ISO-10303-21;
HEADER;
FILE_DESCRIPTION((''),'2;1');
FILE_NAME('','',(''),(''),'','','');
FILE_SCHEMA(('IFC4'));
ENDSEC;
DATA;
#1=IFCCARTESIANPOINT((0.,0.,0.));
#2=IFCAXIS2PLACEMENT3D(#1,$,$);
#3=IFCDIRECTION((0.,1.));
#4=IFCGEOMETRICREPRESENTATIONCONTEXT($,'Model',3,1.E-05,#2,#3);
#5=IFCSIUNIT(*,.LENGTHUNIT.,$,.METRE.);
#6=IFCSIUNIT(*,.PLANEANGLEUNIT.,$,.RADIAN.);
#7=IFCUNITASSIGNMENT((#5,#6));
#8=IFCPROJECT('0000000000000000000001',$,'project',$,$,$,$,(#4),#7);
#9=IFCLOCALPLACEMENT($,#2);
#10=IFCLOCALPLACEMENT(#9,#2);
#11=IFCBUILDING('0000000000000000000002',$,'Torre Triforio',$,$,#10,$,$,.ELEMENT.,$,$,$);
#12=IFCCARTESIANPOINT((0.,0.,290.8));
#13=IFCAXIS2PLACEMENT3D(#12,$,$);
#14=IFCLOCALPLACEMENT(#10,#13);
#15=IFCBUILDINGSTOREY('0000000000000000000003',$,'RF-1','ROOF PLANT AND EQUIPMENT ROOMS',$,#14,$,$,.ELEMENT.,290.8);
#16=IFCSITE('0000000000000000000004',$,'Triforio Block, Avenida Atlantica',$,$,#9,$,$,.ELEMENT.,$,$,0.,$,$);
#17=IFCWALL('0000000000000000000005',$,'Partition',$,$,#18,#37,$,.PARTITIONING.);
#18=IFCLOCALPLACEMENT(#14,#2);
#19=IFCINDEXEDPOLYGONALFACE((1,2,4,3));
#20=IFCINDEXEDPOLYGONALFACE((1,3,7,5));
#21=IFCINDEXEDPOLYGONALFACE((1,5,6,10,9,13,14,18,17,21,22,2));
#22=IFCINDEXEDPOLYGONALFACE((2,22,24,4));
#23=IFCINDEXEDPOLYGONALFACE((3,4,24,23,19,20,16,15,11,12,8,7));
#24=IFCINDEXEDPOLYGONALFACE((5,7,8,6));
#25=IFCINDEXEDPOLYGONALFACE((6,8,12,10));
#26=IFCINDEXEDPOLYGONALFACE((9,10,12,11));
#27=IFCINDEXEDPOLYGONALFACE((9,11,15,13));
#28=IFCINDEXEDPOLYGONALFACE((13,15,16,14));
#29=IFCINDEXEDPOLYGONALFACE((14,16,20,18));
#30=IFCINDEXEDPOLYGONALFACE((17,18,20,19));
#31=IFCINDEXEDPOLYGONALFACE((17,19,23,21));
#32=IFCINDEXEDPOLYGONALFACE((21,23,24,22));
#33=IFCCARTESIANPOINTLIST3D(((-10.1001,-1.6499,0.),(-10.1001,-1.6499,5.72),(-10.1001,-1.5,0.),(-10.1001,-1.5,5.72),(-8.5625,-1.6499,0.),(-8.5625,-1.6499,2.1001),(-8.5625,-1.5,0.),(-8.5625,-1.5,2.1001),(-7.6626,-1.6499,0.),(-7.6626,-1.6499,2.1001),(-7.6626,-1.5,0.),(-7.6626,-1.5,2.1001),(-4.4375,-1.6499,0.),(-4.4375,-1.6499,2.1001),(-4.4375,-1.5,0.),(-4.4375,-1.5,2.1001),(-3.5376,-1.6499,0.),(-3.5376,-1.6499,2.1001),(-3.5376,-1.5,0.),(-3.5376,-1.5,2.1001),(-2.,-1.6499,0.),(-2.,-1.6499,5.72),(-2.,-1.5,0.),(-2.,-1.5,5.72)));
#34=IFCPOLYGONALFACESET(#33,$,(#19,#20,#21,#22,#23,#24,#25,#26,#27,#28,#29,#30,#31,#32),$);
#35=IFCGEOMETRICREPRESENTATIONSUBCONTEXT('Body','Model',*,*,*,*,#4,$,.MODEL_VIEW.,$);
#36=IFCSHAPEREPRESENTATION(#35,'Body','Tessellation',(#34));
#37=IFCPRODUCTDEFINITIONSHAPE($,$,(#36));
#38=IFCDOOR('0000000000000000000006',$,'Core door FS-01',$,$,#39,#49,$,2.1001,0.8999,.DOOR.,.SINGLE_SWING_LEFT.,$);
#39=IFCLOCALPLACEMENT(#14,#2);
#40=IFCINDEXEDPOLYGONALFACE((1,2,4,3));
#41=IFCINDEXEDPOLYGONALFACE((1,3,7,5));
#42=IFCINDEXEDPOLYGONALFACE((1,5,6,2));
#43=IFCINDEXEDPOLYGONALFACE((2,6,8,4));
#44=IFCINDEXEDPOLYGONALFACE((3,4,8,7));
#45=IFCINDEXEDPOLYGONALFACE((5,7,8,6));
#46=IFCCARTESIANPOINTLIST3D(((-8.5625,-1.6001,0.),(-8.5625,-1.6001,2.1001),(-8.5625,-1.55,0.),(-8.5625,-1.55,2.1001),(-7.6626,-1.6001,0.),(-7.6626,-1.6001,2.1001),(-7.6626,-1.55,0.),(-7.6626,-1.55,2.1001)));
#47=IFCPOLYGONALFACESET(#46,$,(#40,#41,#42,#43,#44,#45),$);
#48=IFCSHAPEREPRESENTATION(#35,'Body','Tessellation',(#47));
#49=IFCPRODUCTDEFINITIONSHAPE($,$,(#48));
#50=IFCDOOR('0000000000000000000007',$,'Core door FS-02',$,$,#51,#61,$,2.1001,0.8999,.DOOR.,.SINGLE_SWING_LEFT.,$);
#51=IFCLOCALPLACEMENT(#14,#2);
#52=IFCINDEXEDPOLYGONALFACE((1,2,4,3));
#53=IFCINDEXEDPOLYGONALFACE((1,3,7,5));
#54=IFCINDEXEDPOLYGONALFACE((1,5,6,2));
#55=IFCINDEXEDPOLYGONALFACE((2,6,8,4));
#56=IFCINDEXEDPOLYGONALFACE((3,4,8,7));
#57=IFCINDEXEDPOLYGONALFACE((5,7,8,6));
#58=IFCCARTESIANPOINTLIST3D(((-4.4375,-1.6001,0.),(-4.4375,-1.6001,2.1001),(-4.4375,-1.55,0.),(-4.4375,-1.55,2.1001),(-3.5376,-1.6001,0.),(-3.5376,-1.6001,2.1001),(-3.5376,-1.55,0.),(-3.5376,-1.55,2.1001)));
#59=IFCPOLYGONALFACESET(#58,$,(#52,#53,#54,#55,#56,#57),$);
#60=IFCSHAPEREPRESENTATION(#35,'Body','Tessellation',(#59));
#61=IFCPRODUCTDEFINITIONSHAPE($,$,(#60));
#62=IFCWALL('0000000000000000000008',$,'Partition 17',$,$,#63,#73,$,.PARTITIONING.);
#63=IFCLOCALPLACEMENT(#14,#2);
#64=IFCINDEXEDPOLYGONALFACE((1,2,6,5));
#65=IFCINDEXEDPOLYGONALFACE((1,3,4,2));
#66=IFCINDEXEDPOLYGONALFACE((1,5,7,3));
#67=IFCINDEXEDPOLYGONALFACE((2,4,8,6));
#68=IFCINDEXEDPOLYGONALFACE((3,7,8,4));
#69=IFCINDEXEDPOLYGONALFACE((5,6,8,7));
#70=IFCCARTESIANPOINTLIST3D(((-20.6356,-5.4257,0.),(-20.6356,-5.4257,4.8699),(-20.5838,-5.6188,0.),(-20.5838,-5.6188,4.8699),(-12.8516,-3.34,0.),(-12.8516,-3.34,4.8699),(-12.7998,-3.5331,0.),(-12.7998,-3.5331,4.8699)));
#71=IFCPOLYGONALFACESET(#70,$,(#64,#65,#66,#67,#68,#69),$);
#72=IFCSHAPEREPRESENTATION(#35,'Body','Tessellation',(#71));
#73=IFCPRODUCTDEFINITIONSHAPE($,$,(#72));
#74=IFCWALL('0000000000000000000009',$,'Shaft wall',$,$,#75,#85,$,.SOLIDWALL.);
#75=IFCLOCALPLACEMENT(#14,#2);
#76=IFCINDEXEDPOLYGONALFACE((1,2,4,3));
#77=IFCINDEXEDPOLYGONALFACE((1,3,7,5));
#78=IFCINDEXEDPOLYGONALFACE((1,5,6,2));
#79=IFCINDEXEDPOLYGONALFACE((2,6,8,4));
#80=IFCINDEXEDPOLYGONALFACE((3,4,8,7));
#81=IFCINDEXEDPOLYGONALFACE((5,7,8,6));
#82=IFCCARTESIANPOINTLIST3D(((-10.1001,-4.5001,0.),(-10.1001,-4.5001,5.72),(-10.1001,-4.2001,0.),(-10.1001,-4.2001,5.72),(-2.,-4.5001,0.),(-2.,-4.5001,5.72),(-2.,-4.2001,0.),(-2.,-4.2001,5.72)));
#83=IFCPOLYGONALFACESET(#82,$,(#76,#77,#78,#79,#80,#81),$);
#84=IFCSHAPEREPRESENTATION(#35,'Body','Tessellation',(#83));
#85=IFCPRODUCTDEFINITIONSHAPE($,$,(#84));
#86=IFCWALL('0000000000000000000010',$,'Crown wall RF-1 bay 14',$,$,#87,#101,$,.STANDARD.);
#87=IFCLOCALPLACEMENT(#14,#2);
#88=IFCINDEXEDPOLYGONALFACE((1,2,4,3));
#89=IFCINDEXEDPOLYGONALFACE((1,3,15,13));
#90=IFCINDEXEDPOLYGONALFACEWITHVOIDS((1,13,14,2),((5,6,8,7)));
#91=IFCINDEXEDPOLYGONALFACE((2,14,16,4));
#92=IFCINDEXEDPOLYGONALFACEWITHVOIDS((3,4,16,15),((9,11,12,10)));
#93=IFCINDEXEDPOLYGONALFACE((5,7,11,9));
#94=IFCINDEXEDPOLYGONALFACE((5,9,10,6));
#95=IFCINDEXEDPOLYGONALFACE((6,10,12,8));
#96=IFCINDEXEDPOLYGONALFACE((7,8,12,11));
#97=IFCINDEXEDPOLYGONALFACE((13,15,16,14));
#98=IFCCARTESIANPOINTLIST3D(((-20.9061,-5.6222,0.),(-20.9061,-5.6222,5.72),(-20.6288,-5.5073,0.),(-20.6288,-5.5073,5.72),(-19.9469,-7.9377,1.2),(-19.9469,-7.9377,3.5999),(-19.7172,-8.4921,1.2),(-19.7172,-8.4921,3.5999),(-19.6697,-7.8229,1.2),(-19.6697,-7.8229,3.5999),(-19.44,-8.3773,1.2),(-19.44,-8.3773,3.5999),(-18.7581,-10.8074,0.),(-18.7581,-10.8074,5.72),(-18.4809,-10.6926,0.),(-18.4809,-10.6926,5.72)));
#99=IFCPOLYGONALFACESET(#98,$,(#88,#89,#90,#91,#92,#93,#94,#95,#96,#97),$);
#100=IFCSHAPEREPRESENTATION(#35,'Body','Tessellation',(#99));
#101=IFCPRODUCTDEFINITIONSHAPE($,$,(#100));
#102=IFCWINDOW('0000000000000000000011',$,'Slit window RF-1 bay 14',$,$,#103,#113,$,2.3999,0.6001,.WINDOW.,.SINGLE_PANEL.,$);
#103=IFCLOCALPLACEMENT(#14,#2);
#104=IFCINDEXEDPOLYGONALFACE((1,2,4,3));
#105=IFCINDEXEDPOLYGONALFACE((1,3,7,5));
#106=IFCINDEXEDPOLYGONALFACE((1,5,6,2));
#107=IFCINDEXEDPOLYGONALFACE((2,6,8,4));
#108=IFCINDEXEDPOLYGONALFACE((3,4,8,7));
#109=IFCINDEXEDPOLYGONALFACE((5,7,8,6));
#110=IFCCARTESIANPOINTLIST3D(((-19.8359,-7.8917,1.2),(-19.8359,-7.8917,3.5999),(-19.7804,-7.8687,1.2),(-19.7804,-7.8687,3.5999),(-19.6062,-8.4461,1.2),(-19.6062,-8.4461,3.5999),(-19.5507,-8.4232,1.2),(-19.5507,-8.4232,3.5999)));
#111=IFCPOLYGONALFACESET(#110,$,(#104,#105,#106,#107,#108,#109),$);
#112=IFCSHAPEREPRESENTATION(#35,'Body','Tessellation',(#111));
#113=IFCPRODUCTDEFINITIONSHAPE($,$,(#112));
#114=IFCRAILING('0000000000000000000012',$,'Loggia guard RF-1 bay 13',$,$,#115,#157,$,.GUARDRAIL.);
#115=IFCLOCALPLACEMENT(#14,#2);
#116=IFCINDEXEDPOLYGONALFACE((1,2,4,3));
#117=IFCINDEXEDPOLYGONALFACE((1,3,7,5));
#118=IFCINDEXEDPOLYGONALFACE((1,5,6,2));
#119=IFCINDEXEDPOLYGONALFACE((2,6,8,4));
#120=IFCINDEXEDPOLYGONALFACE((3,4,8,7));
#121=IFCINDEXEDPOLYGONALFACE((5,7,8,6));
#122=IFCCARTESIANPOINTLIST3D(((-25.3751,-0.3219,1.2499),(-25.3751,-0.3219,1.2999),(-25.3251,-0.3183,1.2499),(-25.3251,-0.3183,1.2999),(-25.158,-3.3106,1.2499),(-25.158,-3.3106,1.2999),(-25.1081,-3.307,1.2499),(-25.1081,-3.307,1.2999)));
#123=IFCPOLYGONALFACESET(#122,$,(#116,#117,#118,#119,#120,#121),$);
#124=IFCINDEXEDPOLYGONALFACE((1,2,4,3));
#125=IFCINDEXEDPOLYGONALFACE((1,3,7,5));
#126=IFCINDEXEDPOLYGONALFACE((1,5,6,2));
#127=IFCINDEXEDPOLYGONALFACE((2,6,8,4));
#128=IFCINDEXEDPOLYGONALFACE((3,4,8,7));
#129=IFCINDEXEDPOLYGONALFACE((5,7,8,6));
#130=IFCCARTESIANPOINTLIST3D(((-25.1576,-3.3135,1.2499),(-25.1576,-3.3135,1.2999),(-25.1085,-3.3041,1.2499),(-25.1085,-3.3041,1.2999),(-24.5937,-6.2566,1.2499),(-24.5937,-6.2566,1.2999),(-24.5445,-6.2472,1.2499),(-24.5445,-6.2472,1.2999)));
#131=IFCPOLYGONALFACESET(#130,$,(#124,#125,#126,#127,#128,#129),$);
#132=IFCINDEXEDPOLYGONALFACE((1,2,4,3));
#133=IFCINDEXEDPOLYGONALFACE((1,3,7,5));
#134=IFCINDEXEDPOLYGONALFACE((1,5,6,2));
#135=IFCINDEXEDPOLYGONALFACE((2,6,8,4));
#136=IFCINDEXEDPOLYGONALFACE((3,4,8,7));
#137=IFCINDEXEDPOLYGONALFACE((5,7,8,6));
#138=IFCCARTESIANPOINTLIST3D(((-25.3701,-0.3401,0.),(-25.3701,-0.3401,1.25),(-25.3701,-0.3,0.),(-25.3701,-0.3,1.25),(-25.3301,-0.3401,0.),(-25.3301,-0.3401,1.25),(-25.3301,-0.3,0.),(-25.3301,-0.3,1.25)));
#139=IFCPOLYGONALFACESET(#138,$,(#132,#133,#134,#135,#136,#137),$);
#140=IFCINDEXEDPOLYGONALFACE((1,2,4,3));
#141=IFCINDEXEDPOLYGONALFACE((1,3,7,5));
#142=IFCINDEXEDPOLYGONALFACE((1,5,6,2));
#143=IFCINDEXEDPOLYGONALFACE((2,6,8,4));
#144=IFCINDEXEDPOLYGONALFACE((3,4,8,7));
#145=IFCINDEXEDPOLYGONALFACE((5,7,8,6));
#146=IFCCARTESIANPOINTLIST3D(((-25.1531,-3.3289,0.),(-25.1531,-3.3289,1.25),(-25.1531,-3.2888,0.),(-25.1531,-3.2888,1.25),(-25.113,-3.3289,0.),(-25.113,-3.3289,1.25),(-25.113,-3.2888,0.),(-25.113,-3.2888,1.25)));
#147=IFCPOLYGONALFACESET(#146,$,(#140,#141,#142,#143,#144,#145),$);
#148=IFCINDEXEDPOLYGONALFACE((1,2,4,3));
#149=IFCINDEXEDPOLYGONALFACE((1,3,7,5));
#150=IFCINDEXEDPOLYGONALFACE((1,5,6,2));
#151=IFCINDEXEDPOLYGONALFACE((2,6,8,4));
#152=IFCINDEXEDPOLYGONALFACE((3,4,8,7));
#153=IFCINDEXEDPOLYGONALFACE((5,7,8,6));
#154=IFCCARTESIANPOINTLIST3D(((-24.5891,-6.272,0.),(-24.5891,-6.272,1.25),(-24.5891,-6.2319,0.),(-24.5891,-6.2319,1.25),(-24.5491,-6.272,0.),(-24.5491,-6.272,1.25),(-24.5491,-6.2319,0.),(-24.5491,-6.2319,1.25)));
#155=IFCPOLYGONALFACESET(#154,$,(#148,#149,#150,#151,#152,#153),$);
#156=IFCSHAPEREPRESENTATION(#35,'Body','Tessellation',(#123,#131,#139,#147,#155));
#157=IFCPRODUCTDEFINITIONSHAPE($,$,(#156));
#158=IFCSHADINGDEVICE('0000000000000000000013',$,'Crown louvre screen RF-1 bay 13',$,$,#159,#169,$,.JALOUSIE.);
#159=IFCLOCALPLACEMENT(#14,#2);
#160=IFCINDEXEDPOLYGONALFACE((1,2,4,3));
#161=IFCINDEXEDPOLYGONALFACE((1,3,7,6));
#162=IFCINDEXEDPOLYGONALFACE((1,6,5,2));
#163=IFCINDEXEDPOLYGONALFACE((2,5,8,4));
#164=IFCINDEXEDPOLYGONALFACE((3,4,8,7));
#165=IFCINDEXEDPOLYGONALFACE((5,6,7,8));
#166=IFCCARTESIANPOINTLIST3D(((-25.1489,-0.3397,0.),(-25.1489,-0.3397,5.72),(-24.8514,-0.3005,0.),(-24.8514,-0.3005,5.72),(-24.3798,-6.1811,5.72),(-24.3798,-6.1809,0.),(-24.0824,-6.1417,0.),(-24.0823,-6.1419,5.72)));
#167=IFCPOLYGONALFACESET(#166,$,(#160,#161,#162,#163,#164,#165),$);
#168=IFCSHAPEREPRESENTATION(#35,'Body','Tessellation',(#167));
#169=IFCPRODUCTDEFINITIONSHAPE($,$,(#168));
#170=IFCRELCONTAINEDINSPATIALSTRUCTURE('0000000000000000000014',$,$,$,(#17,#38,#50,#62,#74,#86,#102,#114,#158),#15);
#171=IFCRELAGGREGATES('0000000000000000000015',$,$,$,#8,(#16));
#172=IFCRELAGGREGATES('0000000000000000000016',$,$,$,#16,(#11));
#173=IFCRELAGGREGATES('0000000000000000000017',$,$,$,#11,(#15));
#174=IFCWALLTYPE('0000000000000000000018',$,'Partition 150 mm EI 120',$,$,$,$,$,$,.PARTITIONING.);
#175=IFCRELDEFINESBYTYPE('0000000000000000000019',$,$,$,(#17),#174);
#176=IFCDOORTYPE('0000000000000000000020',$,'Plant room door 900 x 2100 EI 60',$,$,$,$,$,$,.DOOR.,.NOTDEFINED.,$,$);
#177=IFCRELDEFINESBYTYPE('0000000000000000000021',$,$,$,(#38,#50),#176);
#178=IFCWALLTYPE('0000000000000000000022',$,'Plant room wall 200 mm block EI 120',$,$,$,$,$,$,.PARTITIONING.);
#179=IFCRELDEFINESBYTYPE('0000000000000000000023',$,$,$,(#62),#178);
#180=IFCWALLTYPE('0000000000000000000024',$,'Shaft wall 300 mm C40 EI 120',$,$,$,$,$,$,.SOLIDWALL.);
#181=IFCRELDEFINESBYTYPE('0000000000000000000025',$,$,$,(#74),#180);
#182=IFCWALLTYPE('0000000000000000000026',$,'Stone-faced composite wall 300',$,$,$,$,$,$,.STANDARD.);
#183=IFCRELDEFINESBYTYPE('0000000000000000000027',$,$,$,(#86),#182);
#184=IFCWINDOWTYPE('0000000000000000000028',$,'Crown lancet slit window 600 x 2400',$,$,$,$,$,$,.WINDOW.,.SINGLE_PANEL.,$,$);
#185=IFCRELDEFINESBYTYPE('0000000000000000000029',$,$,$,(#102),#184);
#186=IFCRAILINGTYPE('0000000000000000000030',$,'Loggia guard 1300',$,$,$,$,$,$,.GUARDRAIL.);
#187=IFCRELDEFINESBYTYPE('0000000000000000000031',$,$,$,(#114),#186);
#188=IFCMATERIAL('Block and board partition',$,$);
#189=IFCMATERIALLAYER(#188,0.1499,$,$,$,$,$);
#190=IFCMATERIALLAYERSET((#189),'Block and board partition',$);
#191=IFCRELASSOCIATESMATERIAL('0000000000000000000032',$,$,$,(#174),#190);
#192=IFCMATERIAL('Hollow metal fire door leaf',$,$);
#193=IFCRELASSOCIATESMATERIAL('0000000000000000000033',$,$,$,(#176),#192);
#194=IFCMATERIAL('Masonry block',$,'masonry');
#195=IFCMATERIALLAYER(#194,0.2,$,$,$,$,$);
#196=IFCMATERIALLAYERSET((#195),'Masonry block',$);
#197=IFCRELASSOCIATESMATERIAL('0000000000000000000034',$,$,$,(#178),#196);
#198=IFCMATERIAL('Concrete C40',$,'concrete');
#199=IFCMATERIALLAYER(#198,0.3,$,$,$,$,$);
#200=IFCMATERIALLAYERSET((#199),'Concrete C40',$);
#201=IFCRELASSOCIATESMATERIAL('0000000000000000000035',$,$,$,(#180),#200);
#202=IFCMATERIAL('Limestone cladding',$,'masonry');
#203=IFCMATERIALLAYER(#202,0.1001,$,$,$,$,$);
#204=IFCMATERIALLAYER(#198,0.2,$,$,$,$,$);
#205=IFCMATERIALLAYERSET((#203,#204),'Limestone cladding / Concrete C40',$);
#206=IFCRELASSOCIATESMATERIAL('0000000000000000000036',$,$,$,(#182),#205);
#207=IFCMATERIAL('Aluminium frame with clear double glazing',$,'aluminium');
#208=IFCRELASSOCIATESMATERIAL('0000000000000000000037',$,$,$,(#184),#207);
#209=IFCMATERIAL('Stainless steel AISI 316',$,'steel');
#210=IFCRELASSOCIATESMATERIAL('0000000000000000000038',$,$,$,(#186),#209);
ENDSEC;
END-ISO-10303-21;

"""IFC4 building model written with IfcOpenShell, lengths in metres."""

from ifc_helpers import new_model, si_unit, direction, frame, frame_2d, origin, origin_2d, place, context, subcontext, project, spatial, polyline, rectangle, outline, extrude, material, layer, layer_set, type_object, element, fill, save


model = new_model("IFC4")

# Units and contexts
model_context = context("Model", 3, precision=1e-05, world=origin(), true_north=direction((0.0, 1.0)))
body_context = subcontext(model_context, "Body", "Model", "MODEL_VIEW")
ifc_project = project(units=[si_unit("LENGTHUNIT", "METRE"), si_unit("PLANEANGLEUNIT", "RADIAN")], contexts=[model_context])

# Site, building, storey
site_placement = place(None, origin())
site = spatial("IfcSite", under=ifc_project, at=site_placement, Name="Triforio Block, Avenida Atlantica", CompositionType="ELEMENT", RefElevation=0.0)
building_placement = place(site_placement, origin())
building = spatial("IfcBuilding", under=site, at=building_placement, Name="Torre Triforio", CompositionType="ELEMENT")
storey_placement = place(building_placement, frame((0.0, 0.0, 290.8)))
storey = spatial("IfcBuildingStorey", under=building, at=storey_placement, Name="RF-1", Description="ROOF PLANT AND EQUIPMENT ROOMS", CompositionType="ELEMENT", Elevation=290.8)

# Shared definitions
ifc_material_1 = material(Name="Concrete C40", Category="concrete")

# Shared definitions
ifc_material_2 = material(Name="Hollow metal fire door leaf")

# Wall, openings, doors
ifc_material_3 = material(Name="Block and board partition")
ifc_layer_1 = layer(ifc_material_3, 0.1499)
ifc_layer_set_1 = layer_set([ifc_layer_1], Name="Block and board partition")
wall_type_1 = type_object("IfcWallType", Name="Partition 150 mm EI 120", PredefinedType="PARTITIONING", material=ifc_layer_set_1)
wall_1_placement = place(storey_placement, frame((-10.1001, -1.575, 0.0), z_axis=(0.0, 0.0, 1.0), x_axis=(1.0, 0.0, 0.0)))
wall_1 = element("IfcWall", 1, at=wall_1_placement, inside=storey, type_object=wall_type_1, Name="Partition", PredefinedType="PARTITIONING", context=body_context, shape_type="SweptSolid", body=[
    extrude(rectangle(XDim=8.1001, YDim=0.1499, at=frame_2d((4.05, 0.0))), origin(), (0.0, 0.0, 1.0), 5.72),
])
opening_1_placement = place(wall_1_placement, frame((1.5376, 0.0, 0.0)))
opening_1 = element("IfcOpeningElement", 2, at=opening_1_placement, cuts=wall_1, PredefinedType="OPENING", context=body_context, shape_type="SweptSolid", body=[
    extrude(rectangle(XDim=0.8999, YDim=2.1001, at=frame_2d((0.45, 1.05))), frame((0.0, 0.085, 0.0), z_axis=(0.0, -1.0, 0.0), x_axis=(1.0, 0.0, 0.0)), (0.0, 0.0, 1.0), 0.1699),
])
opening_2_placement = place(wall_1_placement, frame((5.6626, 0.0, 0.0)))
opening_2 = element("IfcOpeningElement", 3, at=opening_2_placement, cuts=wall_1, PredefinedType="OPENING", context=body_context, shape_type="SweptSolid", body=[
    extrude(rectangle(XDim=0.8999, YDim=2.1001, at=frame_2d((0.45, 1.05))), frame((0.0, 0.085, 0.0), z_axis=(0.0, -1.0, 0.0), x_axis=(1.0, 0.0, 0.0)), (0.0, 0.0, 1.0), 0.1699),
])
door_type_1 = type_object("IfcDoorType", Name="Plant room door 900 x 2100 EI 60", OperationType="NOTDEFINED", PredefinedType="DOOR", material=ifc_material_2)
door_1_placement = place(opening_1_placement, origin())
door_1 = element("IfcDoor", 4, at=door_1_placement, inside=storey, type_object=door_type_1, Name="Core door FS-01", OperationType="SINGLE_SWING_LEFT", OverallHeight=2.1001, OverallWidth=0.8999, PredefinedType="DOOR", context=body_context, shape_type="SweptSolid", body=[
    extrude(rectangle(XDim=0.8999, YDim=2.1001, at=frame_2d((0.45, 1.05))), frame((0.0, 0.0249, 0.0), z_axis=(0.0, -1.0, 0.0), x_axis=(1.0, 0.0, 0.0)), (0.0, 0.0, 1.0), 0.05),
])
fill(opening_1, door_1)
door_2_placement = place(opening_2_placement, origin())
door_2 = element("IfcDoor", 5, at=door_2_placement, inside=storey, type_object=door_type_1, Name="Core door FS-02", OperationType="SINGLE_SWING_LEFT", OverallHeight=2.1001, OverallWidth=0.8999, PredefinedType="DOOR", context=body_context, shape_type="SweptSolid", body=[
    extrude(rectangle(XDim=0.8999, YDim=2.1001, at=frame_2d((0.45, 1.05))), frame((0.0, 0.0249, 0.0), z_axis=(0.0, -1.0, 0.0), x_axis=(1.0, 0.0, 0.0)), (0.0, 0.0, 1.0), 0.05),
])
fill(opening_2, door_2)

# Walls
ifc_material_4 = material(Name="Masonry block", Category="masonry")
ifc_layer_2 = layer(ifc_material_4, 0.2)
ifc_layer_set_2 = layer_set([ifc_layer_2], Name="Masonry block")
wall_type_2 = type_object("IfcWallType", Name="Plant room wall 200 mm block EI 120", PredefinedType="PARTITIONING", material=ifc_layer_set_2)
wall_2_placement = place(storey_placement, frame((-12.8257, -3.4365, 0.0), z_axis=(0.0, 0.0, 1.0), x_axis=(-0.965926, -0.258818, 0.0)))
element("IfcWall", 6, at=wall_2_placement, inside=storey, type_object=wall_type_2, Name="Partition 17", PredefinedType="PARTITIONING", context=body_context, shape_type="SweptSolid", body=[
    extrude(rectangle(XDim=8.0586, YDim=0.2, at=frame_2d((4.0293, 0.0))), origin(), (0.0, 0.0, 1.0), 4.8699),
])
ifc_layer_3 = layer(ifc_material_1, 0.3)
ifc_layer_set_3 = layer_set([ifc_layer_3], Name="Concrete C40")
wall_type_3 = type_object("IfcWallType", Name="Shaft wall 300 mm C40 EI 120", PredefinedType="SOLIDWALL", material=ifc_layer_set_3)
wall_3_placement = place(storey_placement, frame((-10.1001, -4.3501, 0.0), z_axis=(0.0, 0.0, 1.0), x_axis=(1.0, 0.0, 0.0)))
element("IfcWall", 7, at=wall_3_placement, inside=storey, type_object=wall_type_3, Name="Shaft wall", PredefinedType="SOLIDWALL", context=body_context, shape_type="SweptSolid", body=[
    extrude(rectangle(XDim=8.1001, YDim=0.3, at=frame_2d((4.05, 0.0))), origin(), (0.0, 0.0, 1.0), 5.72),
])

# Wall, opening, window
ifc_material_5 = material(Name="Limestone cladding", Category="masonry")
ifc_layer_4 = layer(ifc_material_5, 0.1001)
ifc_layer_5 = layer(ifc_material_1, 0.2)
ifc_layer_set_4 = layer_set([ifc_layer_4, ifc_layer_5], Name="Limestone cladding / Concrete C40")
wall_type_4 = type_object("IfcWallType", Name="Stone-faced composite wall 300", PredefinedType="STANDARD", material=ifc_layer_set_4)
wall_4_placement = place(storey_placement, frame((-20.7673, -5.5647, 0.0), z_axis=(0.0, 0.0, 1.0), x_axis=(0.382703, -0.923872, 0.0)))
wall_4 = element("IfcWall", 8, at=wall_4_placement, inside=storey, type_object=wall_type_4, Name="Crown wall RF-1 bay 14", PredefinedType="STANDARD", context=body_context, shape_type="SweptSolid", body=[
    extrude(outline(polyline([(0.0, 0.0), (5.6125, 0.0), (5.6125, 5.72), (0.0, 5.72), (0.0, 0.0)])), frame((0.0, 0.1499, 0.0), z_axis=(0.0, -1.0, 0.0), x_axis=(1.0, 0.0, 0.0)), (0.0, 0.0, 1.0), 0.3),
])
opening_3_placement = place(wall_4_placement, frame((2.5063, 0.0, 1.2)))
opening_3 = element("IfcOpeningElement", 9, at=opening_3_placement, cuts=wall_4, PredefinedType="OPENING", context=body_context, shape_type="SweptSolid", body=[
    extrude(rectangle(XDim=0.6001, YDim=2.3999, at=frame_2d((0.3, 1.2))), frame((0.0, 0.1599, 0.0), z_axis=(0.0, -1.0, 0.0), x_axis=(1.0, 0.0, 0.0)), (0.0, 0.0, 1.0), 0.3201),
])
ifc_material_6 = material(Name="Aluminium frame with clear double glazing", Category="aluminium")
window_type = type_object("IfcWindowType", Name="Crown lancet slit window 600 x 2400", PartitioningType="SINGLE_PANEL", PredefinedType="WINDOW", material=ifc_material_6)
window_placement = place(opening_3_placement, origin())
window = element("IfcWindow", 10, at=window_placement, inside=storey, type_object=window_type, Name="Slit window RF-1 bay 14", OverallHeight=2.3999, OverallWidth=0.6001, PartitioningType="SINGLE_PANEL", PredefinedType="WINDOW", context=body_context, shape_type="SweptSolid", body=[
    extrude(rectangle(XDim=0.6001, YDim=2.3999, at=frame_2d((0.3, 1.2))), frame((0.0, 0.03, 0.0), z_axis=(0.0, -1.0, 0.0), x_axis=(1.0, 0.0, 0.0)), (0.0, 0.0, 1.0), 0.0601),
])
fill(opening_3, window)

# Railing
ifc_material_7 = material(Name="Stainless steel AISI 316", Category="steel")
railing_type = type_object("IfcRailingType", Name="Loggia guard 1300", PredefinedType="GUARDRAIL", material=ifc_material_7)
railing_placement = place(storey_placement, frame((-25.3501, -0.3201, 0.0)))
element("IfcRailing", 11, at=railing_placement, inside=storey, type_object=railing_type, Name="Loggia guard RF-1 bay 13", PredefinedType="GUARDRAIL", context=body_context, shape_type="SweptSolid", body=[
    extrude(rectangle(XDim=0.05, YDim=0.05, at=origin_2d()), frame((0.0, 0.0, 1.2749), z_axis=(0.072428, -0.997374, 0.0), x_axis=(0.997374, 0.072428, 0.0)), (0.0, 0.0, 1.0), 2.9966),
    extrude(rectangle(XDim=0.05, YDim=0.05, at=origin_2d()), frame((0.217, -2.9888, 1.2749), z_axis=(0.188198, -0.982131, 0.0), x_axis=(0.982131, 0.188198, 0.0)), (0.0, 0.0, 1.0), 2.9966),
    extrude(rectangle(XDim=0.04, YDim=0.04, at=origin_2d()), origin(), (0.0, 0.0, 1.0), 1.25),
    extrude(rectangle(XDim=0.04, YDim=0.04, at=origin_2d()), frame((0.217, -2.9888, 0.0)), (0.0, 0.0, 1.0), 1.25),
    extrude(rectangle(XDim=0.04, YDim=0.04, at=origin_2d()), frame((0.781, -5.9319, 0.0)), (0.0, 0.0, 1.0), 1.25),
])

# Shading device
shading_device_placement = place(storey_placement, frame((-25.0, -0.3201, 0.0), z_axis=(0.0, 0.0, 1.0), x_axis=(0.13053, -0.991444, 0.0)))
element("IfcShadingDevice", 12, at=shading_device_placement, inside=storey, Name="Crown louvre screen RF-1 bay 13", PredefinedType="JALOUSIE", context=body_context, shape_type="SweptSolid", body=[
    extrude(outline(polyline([(0.0, 0.0), (5.8916, 0.0), (5.8918, 5.72), (0.0, 5.72), (0.0, 0.0)])), frame((0.0, 0.1499, 0.0), z_axis=(0.0, -1.0, 0.0), x_axis=(1.0, 0.0, 0.0)), (0.0, 0.0, 1.0), 0.3),
])

save(model, "model.ifc")
